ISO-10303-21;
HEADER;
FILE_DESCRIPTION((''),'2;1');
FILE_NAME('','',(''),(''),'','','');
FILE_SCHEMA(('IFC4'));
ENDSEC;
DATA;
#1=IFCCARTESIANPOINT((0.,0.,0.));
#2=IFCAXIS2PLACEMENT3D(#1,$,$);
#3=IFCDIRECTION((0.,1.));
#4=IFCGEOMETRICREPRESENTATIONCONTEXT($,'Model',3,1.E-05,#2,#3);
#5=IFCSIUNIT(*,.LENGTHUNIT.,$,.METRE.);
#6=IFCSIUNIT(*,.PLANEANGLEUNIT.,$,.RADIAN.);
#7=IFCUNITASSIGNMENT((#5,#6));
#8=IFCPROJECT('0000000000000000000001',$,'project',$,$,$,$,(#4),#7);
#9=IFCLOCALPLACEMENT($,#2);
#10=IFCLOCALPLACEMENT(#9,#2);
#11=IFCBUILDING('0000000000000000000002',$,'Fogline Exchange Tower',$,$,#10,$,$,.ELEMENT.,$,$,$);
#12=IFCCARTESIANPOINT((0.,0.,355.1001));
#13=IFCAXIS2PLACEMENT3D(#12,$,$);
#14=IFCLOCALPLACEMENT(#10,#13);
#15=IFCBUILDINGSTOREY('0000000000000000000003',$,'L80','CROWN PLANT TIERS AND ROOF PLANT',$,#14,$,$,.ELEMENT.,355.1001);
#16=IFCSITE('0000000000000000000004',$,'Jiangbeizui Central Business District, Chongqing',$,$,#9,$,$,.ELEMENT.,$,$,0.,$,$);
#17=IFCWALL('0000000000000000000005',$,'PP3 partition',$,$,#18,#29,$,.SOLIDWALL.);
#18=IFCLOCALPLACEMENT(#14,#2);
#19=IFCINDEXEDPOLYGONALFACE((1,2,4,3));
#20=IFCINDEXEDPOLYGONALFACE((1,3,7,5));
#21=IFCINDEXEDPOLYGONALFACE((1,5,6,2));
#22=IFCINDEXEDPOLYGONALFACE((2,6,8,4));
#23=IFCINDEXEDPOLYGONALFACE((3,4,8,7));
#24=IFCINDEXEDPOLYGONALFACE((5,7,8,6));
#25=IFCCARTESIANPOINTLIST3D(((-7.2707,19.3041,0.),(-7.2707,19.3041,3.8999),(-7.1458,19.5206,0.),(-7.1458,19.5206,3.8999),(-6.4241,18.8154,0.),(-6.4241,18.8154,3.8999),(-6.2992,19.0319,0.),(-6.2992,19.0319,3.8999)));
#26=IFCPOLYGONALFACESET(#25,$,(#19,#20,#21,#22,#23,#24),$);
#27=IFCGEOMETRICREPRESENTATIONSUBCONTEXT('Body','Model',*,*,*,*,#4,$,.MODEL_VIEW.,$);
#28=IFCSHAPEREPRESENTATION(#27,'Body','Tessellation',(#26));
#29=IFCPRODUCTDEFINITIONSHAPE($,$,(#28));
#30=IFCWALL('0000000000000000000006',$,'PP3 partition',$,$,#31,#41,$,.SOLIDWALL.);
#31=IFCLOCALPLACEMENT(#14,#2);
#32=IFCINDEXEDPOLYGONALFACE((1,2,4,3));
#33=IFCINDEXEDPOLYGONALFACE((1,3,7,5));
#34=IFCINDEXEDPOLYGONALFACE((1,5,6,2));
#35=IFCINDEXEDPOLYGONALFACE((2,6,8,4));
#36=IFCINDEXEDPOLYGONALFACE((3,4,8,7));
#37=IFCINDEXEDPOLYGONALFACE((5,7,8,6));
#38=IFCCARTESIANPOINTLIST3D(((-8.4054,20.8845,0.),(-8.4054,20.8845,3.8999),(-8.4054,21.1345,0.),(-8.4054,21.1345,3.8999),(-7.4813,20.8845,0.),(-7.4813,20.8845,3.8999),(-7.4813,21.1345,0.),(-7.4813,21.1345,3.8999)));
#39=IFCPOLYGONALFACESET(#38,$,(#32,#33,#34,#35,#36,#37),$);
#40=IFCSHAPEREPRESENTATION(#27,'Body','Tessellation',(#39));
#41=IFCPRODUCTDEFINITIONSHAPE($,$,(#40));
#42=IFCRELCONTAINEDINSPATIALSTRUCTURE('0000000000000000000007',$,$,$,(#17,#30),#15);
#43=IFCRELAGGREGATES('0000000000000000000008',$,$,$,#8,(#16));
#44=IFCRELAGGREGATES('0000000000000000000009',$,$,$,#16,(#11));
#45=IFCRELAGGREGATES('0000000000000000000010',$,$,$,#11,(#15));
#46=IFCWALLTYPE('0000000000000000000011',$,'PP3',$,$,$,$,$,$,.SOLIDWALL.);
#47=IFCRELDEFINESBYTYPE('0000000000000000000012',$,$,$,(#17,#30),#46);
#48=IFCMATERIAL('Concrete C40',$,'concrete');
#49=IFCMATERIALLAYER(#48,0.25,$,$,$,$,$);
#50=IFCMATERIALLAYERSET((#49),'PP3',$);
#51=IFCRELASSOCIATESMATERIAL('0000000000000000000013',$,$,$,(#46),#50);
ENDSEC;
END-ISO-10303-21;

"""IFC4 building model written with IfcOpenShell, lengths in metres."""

from ifc_helpers import new_model, si_unit, direction, frame, frame_2d, origin, place, context, subcontext, project, spatial, rectangle, extrude, material, layer, layer_set, type_object, element, save


model = new_model("IFC4")

# Units and contexts
model_context = context("Model", 3, precision=1e-05, world=origin(), true_north=direction((0.0, 1.0)))
body_context = subcontext(model_context, "Body", "Model", "MODEL_VIEW")
ifc_project = project(units=[si_unit("LENGTHUNIT", "METRE"), si_unit("PLANEANGLEUNIT", "RADIAN")], contexts=[model_context])

# Site, building, storey
site_placement = place(None, origin())
site = spatial("IfcSite", under=ifc_project, at=site_placement, Name="Jiangbeizui Central Business District, Chongqing", CompositionType="ELEMENT", RefElevation=0.0)
building_placement = place(site_placement, origin())
building = spatial("IfcBuilding", under=site, at=building_placement, Name="Fogline Exchange Tower", CompositionType="ELEMENT")
storey_placement = place(building_placement, frame((0.0, 0.0, 355.1001)))
storey = spatial("IfcBuildingStorey", under=building, at=storey_placement, Name="L80", Description="CROWN PLANT TIERS AND ROOF PLANT", CompositionType="ELEMENT", Elevation=355.1001)

# Shared definitions
ifc_material_1 = material(Name="Concrete C40", Category="concrete")

# Walls
ifc_layer_1 = layer(ifc_material_1, 0.25)
ifc_layer_set_1 = layer_set([ifc_layer_1], Name="PP3")
wall_type_1 = type_object("IfcWallType", Name="PP3", PredefinedType="SOLIDWALL", material=ifc_layer_set_1)
wall_1_placement = place(storey_placement, frame((-7.2083, 19.4124, 0.0), z_axis=(0.0, 0.0, 1.0), x_axis=(0.866053, -0.499953, 0.0)))
element("IfcWall", 1, at=wall_1_placement, inside=storey, type_object=wall_type_1, Name="PP3 partition", PredefinedType="SOLIDWALL", context=body_context, shape_type="SweptSolid", body=[
    extrude(rectangle(XDim=0.9775, YDim=0.25, at=frame_2d((0.4888, 0.0))), origin(), (0.0, 0.0, 1.0), 3.8999),
])
wall_2_placement = place(storey_placement, frame((-8.4053, 21.0095, 0.0), z_axis=(0.0, 0.0, 1.0), x_axis=(1.0, 0.0, 0.0)))
element("IfcWall", 2, at=wall_2_placement, inside=storey, type_object=wall_type_1, Name="PP3 partition", PredefinedType="SOLIDWALL", context=body_context, shape_type="SweptSolid", body=[
    extrude(rectangle(XDim=0.9241, YDim=0.25, at=frame_2d((0.4619, 0.0))), origin(), (0.0, 0.0, 1.0), 3.8999),
])

save(model, "model.ifc")
